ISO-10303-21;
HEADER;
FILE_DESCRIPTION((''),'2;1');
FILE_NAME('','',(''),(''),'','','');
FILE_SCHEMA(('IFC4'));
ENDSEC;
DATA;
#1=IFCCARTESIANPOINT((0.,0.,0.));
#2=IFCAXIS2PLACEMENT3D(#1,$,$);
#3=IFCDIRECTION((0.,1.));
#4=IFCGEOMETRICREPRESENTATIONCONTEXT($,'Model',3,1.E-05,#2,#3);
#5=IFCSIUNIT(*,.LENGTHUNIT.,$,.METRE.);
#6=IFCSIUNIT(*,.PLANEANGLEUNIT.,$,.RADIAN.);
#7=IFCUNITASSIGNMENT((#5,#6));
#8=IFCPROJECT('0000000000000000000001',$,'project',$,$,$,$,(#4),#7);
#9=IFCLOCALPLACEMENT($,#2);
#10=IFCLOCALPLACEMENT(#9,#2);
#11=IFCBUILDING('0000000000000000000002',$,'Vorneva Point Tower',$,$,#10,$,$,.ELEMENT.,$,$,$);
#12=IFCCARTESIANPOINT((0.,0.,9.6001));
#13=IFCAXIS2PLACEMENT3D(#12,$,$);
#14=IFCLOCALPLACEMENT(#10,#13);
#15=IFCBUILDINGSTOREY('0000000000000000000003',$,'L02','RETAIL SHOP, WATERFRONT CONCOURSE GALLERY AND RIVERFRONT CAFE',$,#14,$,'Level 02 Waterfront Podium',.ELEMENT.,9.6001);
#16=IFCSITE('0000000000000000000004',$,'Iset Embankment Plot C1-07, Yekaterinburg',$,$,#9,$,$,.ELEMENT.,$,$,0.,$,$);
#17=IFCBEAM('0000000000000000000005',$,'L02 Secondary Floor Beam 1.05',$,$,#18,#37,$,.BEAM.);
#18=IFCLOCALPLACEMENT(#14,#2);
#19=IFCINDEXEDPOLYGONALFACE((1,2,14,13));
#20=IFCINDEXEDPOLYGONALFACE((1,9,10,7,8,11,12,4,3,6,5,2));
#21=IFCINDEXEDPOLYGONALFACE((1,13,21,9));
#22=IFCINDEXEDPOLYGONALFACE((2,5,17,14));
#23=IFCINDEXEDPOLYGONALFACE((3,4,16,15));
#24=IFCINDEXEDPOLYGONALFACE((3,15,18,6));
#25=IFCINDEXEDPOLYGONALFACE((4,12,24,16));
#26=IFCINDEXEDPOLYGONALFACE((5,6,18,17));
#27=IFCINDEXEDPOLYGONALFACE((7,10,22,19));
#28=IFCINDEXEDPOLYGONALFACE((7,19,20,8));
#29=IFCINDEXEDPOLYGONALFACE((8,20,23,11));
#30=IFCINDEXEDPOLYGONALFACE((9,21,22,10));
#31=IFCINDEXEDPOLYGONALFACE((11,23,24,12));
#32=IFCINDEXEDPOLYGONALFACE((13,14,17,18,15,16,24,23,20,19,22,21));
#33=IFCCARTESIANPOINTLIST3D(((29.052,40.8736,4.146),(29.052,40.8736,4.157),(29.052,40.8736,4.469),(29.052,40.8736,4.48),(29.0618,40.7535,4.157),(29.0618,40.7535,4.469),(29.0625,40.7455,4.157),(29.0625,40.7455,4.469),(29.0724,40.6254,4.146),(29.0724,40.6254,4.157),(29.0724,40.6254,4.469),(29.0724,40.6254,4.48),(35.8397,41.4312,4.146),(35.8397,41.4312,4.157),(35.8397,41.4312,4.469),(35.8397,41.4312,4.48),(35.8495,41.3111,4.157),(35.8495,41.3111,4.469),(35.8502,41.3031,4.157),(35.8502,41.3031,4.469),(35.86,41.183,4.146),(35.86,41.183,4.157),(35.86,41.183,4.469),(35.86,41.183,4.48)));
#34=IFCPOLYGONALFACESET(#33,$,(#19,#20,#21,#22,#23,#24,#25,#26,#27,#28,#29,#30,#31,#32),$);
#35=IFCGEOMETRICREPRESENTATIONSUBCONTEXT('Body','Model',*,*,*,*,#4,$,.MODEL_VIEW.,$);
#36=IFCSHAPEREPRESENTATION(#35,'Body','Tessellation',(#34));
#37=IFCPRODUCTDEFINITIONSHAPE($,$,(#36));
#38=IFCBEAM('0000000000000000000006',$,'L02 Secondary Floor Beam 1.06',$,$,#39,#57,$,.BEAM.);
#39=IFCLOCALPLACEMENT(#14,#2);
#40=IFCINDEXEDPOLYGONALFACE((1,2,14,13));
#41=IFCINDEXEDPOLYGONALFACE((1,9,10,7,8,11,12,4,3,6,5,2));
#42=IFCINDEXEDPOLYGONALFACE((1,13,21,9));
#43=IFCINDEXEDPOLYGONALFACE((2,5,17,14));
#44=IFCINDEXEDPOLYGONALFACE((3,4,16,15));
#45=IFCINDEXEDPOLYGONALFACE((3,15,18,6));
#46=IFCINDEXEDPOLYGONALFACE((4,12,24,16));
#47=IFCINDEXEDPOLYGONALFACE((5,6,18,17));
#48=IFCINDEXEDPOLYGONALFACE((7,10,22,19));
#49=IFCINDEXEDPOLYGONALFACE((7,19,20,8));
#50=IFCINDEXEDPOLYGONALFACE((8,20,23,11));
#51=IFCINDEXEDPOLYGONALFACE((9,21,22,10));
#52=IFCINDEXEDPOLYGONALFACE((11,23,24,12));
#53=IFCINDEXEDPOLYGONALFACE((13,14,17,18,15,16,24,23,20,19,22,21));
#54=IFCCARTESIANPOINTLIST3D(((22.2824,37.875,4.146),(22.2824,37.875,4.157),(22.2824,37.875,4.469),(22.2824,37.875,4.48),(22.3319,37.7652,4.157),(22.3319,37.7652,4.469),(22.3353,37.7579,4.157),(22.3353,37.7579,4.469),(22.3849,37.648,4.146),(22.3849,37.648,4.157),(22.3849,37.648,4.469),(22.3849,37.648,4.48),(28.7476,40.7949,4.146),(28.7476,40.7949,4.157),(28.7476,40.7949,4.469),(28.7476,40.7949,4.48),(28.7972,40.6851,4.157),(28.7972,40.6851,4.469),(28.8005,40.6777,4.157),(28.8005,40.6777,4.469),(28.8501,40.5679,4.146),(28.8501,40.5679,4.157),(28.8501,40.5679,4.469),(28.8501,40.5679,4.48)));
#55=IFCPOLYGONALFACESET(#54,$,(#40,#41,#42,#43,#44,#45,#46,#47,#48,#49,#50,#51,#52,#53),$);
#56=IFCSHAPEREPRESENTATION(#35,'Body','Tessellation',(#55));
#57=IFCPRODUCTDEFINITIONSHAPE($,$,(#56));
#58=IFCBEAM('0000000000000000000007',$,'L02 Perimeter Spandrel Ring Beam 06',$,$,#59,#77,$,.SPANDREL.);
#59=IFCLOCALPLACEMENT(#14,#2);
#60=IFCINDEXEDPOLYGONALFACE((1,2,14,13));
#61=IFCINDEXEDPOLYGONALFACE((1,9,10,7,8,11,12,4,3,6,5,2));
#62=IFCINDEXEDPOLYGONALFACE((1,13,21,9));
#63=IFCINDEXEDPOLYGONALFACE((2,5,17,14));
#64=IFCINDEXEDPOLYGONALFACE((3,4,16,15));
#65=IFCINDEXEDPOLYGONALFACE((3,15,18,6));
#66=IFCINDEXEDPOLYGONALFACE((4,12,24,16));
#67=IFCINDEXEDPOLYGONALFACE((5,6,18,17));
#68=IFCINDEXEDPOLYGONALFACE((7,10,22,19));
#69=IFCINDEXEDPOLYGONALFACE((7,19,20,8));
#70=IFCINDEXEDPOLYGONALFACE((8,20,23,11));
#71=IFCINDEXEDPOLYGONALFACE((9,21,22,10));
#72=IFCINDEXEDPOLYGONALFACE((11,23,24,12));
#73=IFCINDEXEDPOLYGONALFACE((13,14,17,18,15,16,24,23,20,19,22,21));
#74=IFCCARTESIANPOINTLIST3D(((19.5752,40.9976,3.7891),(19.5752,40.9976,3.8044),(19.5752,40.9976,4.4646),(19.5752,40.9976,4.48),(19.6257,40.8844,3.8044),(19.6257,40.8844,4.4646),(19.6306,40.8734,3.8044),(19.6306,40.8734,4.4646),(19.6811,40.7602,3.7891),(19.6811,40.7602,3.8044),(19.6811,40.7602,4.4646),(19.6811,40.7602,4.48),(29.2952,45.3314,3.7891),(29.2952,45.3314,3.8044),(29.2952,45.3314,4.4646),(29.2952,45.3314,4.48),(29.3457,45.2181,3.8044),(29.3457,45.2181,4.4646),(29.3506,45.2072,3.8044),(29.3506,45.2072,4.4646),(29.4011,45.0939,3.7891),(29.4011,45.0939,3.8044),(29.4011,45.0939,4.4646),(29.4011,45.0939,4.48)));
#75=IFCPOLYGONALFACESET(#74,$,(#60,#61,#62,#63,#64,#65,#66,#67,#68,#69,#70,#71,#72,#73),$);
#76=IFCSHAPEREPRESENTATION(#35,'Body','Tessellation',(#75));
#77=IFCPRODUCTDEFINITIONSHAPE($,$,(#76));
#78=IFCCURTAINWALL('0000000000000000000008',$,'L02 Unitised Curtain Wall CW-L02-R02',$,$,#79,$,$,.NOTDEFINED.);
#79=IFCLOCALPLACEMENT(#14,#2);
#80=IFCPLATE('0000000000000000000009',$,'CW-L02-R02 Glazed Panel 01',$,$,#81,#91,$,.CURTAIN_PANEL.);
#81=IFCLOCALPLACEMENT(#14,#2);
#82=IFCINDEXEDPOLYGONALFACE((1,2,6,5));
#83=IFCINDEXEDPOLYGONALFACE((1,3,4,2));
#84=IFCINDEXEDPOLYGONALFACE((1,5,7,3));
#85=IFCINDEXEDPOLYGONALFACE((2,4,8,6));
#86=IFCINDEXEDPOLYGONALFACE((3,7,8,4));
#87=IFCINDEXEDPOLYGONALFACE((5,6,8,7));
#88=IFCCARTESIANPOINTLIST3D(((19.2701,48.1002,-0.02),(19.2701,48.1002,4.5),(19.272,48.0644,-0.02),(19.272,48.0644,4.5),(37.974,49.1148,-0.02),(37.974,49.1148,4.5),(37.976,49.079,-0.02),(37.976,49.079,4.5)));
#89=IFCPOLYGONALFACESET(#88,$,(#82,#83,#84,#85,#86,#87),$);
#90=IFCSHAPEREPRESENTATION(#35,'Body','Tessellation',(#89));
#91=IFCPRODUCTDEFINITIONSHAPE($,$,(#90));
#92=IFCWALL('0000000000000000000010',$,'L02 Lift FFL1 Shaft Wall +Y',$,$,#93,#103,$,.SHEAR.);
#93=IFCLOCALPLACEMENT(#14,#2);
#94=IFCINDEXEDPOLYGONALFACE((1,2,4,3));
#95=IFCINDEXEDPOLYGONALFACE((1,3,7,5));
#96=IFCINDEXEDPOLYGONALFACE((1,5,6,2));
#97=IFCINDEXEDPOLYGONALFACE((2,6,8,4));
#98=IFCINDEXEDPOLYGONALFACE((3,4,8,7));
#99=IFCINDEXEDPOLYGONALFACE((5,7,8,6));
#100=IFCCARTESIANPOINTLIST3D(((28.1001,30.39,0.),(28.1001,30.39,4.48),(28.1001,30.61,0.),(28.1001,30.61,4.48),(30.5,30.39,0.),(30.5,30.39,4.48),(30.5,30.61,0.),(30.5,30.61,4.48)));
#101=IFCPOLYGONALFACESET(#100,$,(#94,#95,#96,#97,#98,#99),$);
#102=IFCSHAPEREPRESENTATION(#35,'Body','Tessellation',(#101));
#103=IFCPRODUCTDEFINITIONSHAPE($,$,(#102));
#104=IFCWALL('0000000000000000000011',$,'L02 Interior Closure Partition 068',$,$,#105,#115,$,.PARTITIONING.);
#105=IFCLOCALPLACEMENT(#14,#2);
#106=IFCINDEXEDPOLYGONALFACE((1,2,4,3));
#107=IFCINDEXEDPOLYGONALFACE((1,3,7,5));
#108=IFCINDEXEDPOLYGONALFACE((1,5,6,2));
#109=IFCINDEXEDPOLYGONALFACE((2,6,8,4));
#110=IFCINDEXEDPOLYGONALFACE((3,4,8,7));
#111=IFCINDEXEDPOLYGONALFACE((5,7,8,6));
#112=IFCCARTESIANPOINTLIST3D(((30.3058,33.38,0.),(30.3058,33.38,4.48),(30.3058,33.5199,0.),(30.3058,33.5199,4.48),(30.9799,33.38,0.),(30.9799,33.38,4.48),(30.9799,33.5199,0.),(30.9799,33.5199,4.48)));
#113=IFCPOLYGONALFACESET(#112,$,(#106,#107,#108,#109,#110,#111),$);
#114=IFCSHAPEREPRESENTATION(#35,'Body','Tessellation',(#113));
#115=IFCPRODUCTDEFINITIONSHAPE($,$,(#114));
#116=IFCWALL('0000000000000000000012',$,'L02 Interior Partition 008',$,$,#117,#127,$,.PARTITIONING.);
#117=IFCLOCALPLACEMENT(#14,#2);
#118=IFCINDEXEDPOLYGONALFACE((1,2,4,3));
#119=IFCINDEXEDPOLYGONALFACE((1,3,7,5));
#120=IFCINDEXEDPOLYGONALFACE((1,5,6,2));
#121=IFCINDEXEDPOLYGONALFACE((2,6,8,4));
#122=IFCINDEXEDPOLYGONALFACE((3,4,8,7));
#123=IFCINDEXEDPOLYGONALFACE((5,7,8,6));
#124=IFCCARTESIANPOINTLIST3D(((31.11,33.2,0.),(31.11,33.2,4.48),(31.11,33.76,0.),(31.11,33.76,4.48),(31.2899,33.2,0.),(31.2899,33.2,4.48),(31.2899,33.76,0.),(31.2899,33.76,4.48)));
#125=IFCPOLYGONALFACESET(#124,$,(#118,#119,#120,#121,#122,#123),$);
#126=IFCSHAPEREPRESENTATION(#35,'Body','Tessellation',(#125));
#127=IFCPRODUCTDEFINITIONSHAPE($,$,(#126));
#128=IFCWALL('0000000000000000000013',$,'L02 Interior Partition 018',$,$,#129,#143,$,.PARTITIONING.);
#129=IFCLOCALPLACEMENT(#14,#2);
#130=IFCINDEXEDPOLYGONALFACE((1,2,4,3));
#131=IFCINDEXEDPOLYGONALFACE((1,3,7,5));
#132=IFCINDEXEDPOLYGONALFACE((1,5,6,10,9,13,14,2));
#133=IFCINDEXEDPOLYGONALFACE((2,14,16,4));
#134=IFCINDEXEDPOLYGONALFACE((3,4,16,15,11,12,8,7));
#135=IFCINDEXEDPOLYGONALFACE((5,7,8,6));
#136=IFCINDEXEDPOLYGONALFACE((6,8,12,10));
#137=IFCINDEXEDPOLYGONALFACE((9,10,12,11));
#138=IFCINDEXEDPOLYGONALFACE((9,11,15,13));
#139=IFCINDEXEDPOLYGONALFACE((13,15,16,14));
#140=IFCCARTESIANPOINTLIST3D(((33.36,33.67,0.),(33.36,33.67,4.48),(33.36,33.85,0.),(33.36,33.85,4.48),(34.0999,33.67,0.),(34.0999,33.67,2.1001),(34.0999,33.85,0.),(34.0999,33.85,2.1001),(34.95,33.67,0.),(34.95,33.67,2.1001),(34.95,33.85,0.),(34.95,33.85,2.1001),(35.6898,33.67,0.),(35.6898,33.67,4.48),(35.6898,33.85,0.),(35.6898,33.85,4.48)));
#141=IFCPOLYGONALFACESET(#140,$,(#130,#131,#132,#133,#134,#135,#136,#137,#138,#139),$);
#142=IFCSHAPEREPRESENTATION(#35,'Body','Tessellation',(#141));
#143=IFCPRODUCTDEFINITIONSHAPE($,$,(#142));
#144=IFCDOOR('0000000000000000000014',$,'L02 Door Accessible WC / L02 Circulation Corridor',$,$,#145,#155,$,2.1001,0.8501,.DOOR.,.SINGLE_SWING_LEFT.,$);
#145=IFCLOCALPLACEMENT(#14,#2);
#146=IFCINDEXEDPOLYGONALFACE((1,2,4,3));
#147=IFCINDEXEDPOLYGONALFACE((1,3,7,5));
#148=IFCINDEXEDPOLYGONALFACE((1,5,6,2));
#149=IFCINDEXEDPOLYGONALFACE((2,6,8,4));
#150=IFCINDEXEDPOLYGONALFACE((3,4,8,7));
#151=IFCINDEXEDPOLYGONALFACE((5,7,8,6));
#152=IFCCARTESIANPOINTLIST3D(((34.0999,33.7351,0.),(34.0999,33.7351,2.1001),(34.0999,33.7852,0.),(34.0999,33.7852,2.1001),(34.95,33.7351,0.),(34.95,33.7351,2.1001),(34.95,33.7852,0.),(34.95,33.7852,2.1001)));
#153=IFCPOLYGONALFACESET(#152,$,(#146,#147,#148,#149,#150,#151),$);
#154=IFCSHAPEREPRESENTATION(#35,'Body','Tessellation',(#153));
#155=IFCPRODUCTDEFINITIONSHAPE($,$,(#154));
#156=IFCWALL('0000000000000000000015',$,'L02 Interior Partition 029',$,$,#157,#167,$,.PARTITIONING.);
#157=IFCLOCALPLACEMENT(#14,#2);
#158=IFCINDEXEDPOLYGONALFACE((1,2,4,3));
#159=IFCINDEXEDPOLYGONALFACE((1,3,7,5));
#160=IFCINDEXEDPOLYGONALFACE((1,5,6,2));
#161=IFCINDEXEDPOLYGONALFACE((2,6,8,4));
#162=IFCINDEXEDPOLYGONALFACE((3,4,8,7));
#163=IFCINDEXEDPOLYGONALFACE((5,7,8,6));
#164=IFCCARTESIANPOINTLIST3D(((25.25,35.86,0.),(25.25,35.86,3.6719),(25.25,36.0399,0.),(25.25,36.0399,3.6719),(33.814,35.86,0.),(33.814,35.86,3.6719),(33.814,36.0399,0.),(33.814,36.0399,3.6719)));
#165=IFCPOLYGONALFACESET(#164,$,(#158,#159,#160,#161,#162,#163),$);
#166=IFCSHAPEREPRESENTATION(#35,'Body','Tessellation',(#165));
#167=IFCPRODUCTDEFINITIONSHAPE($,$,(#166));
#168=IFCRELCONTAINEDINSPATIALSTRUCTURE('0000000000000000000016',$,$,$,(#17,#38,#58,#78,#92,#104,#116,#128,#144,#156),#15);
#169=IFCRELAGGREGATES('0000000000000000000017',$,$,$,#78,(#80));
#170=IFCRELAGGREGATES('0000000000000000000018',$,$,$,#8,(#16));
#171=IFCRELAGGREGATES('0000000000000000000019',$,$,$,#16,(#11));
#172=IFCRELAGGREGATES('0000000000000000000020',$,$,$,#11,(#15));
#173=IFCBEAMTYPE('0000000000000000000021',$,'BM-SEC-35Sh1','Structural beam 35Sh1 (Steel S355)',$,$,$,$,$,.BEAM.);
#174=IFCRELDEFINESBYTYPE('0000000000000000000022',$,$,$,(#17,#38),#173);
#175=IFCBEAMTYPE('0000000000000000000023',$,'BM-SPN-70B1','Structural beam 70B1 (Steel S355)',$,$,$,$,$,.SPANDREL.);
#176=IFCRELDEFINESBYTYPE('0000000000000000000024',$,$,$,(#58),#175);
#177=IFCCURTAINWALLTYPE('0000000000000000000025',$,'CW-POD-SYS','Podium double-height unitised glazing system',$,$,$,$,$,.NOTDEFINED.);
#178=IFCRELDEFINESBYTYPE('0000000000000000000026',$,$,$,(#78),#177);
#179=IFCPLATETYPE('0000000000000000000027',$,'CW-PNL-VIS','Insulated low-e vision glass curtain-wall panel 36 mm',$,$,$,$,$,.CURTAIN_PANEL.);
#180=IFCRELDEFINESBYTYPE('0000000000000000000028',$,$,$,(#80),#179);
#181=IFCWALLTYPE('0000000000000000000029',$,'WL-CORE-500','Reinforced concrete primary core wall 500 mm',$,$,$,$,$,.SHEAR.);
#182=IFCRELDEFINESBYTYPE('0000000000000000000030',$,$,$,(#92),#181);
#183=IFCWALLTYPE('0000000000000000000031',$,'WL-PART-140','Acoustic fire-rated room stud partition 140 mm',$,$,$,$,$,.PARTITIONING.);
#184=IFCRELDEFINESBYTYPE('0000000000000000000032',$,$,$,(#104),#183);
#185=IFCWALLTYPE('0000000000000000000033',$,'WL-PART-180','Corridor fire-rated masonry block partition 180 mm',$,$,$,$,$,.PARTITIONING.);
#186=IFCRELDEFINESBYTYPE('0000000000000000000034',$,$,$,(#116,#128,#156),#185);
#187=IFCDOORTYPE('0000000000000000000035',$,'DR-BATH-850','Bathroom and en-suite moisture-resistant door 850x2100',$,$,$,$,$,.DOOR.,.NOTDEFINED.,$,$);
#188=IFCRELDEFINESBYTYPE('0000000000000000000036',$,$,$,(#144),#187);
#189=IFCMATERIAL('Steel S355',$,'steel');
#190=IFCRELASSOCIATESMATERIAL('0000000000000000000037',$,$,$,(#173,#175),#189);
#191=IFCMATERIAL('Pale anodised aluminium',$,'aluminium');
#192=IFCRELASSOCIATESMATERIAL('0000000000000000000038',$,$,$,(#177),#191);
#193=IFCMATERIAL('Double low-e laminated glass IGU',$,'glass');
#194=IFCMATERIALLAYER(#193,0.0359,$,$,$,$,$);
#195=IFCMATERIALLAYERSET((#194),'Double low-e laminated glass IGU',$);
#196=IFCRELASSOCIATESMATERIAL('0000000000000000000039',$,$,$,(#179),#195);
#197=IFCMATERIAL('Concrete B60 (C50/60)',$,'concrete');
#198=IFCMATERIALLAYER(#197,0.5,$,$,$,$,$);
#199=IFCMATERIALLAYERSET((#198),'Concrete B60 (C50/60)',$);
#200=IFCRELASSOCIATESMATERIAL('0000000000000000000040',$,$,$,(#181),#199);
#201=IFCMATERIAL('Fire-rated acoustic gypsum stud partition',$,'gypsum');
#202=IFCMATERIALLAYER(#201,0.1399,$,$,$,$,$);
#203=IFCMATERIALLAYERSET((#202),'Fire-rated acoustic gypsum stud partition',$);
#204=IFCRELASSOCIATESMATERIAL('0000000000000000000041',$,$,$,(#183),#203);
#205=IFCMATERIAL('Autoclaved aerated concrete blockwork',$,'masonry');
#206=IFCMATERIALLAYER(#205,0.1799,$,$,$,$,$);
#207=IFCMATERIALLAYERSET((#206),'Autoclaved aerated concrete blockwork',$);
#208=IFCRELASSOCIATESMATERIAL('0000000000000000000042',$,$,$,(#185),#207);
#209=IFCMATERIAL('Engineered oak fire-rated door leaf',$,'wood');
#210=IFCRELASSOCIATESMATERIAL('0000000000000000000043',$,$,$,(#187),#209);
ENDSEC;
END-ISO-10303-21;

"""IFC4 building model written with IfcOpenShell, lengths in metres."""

from ifc_helpers import new_model, si_unit, direction, frame, frame_2d, origin, origin_2d, place, context, subcontext, project, spatial, rectangle, i_section, extrude, material, layer, layer_set, material_profile, profile_set, type_object, element, fill, aggregate, save


model = new_model("IFC4")

# Units and contexts
model_context = context("Model", 3, precision=1e-05, world=origin(), true_north=direction((0.0, 1.0)))
body_context = subcontext(model_context, "Body", "Model", "MODEL_VIEW")
ifc_project = project(units=[si_unit("LENGTHUNIT", "METRE"), si_unit("PLANEANGLEUNIT", "RADIAN")], contexts=[model_context])

# Site, building, storey
site_placement = place(None, origin())
site = spatial("IfcSite", under=ifc_project, at=site_placement, Name="Iset Embankment Plot C1-07, Yekaterinburg", CompositionType="ELEMENT", RefElevation=0.0)
building_placement = place(site_placement, origin())
building = spatial("IfcBuilding", under=site, at=building_placement, Name="Vorneva Point Tower", CompositionType="ELEMENT")
storey_placement = place(building_placement, frame((0.0, 0.0, 9.6001)))
storey = spatial("IfcBuildingStorey", under=building, at=storey_placement, Name="L02", Description="RETAIL SHOP, WATERFRONT CONCOURSE GALLERY AND RIVERFRONT CAFE", LongName="Level 02 Waterfront Podium", CompositionType="ELEMENT", Elevation=9.6001)

# Shared definitions
ifc_material_1 = material(Name="Concrete B60 (C50/60)", Category="concrete")

# Beams
ifc_material_2 = material(Name="Steel S355", Category="steel")
ifc_material_profile_1 = material_profile(ifc_material_2, i_section(OverallWidth=0.249, OverallDepth=0.334, WebThickness=0.0081, FlangeThickness=0.011, at=origin_2d()), Name="35Sh1")
ifc_profile_set_1 = profile_set([ifc_material_profile_1], Name="Steel S355")
beam_type_1 = type_object("IfcBeamType", Name="BM-SEC-35Sh1", Description="Structural beam 35Sh1 (Steel S355)", PredefinedType="BEAM", material=ifc_profile_set_1)
beam_1_placement = place(storey_placement, frame((35.8499, 41.3071, 4.313), z_axis=(-0.996642, -0.081877, 0.0), x_axis=(0.081877, -0.996642, 0.0)))
element("IfcBeam", 1, at=beam_1_placement, inside=storey, type_object=beam_type_1, Name="L02 Secondary Floor Beam 1.05", PredefinedType="BEAM", context=body_context, shape_type="SweptSolid", body=[
    extrude(i_section(OverallWidth=0.249, OverallDepth=0.334, WebThickness=0.0081, FlangeThickness=0.011, at=origin_2d()), origin(), (0.0, 0.0, 1.0), 6.8105),
])
beam_2_placement = place(storey_placement, frame((28.7988, 40.6814, 4.313), z_axis=(-0.911366, -0.411598, 0.0), x_axis=(0.411598, -0.911366, 0.0)))
element("IfcBeam", 2, at=beam_2_placement, inside=storey, type_object=beam_type_1, Name="L02 Secondary Floor Beam 1.06", PredefinedType="BEAM", context=body_context, shape_type="SweptSolid", body=[
    extrude(i_section(OverallWidth=0.249, OverallDepth=0.334, WebThickness=0.0081, FlangeThickness=0.011, at=origin_2d()), origin(), (0.0, 0.0, 1.0), 7.094),
])
ifc_material_profile_2 = material_profile(ifc_material_2, i_section(OverallWidth=0.26, OverallDepth=0.6909, WebThickness=0.012, FlangeThickness=0.0154, at=origin_2d()), Name="70B1")
ifc_profile_set_2 = profile_set([ifc_material_profile_2], Name="Steel S355")
beam_type_2 = type_object("IfcBeamType", Name="BM-SPN-70B1", Description="Structural beam 70B1 (Steel S355)", PredefinedType="SPANDREL", material=ifc_profile_set_2)
beam_3_placement = place(storey_placement, frame((29.3481, 45.2126, 4.1345), z_axis=(-0.913331, -0.407217, 0.0), x_axis=(0.407217, -0.913331, 0.0)))
element("IfcBeam", 3, at=beam_3_placement, inside=storey, type_object=beam_type_2, Name="L02 Perimeter Spandrel Ring Beam 06", PredefinedType="SPANDREL", context=body_context, shape_type="SweptSolid", body=[
    extrude(i_section(OverallWidth=0.26, OverallDepth=0.6909, WebThickness=0.012, FlangeThickness=0.0154, at=origin_2d()), origin(), (0.0, 0.0, 1.0), 10.6423),
])

# Curtain wall, plate
ifc_material_3 = material(Name="Pale anodised aluminium", Category="aluminium")
curtain_wall_type = type_object("IfcCurtainWallType", Name="CW-POD-SYS", Description="Podium double-height unitised glazing system", PredefinedType="NOTDEFINED", material=ifc_material_3)
curtain_wall_placement = place(storey_placement, origin())
curtain_wall = element("IfcCurtainWall", 4, at=curtain_wall_placement, inside=storey, type_object=curtain_wall_type, Name="L02 Unitised Curtain Wall CW-L02-R02", PredefinedType="NOTDEFINED")
ifc_material_4 = material(Name="Double low-e laminated glass IGU", Category="glass")
ifc_layer_1 = layer(ifc_material_4, 0.0359)
ifc_layer_set_1 = layer_set([ifc_layer_1], Name="Double low-e laminated glass IGU")
plate_type = type_object("IfcPlateType", Name="CW-PNL-VIS", Description="Insulated low-e vision glass curtain-wall panel 36 mm", PredefinedType="CURTAIN_PANEL", material=ifc_layer_set_1)
plate_placement = place(storey_placement, frame((28.623, 48.5896, -0.02), z_axis=(0.0, 0.0, 1.0), x_axis=(-0.998532, -0.054166, 0.0)))
plate = element("IfcPlate", 5, at=plate_placement, type_object=plate_type, Name="CW-L02-R02 Glazed Panel 01", PredefinedType="CURTAIN_PANEL", context=body_context, shape_type="SweptSolid", body=[
    extrude(rectangle(XDim=18.7314, YDim=0.0359, at=origin_2d()), origin(), (0.0, 0.0, 1.0), 4.52),
])
aggregate(curtain_wall, [plate])

# Walls
ifc_layer_2 = layer(ifc_material_1, 0.5)
ifc_layer_set_2 = layer_set([ifc_layer_2], Name="Concrete B60 (C50/60)")
wall_type_1 = type_object("IfcWallType", Name="WL-CORE-500", Description="Reinforced concrete primary core wall 500 mm", PredefinedType="SHEAR", material=ifc_layer_set_2)
wall_1_placement = place(storey_placement, frame((30.5, 30.5, 0.0), z_axis=(0.0, 0.0, 1.0), x_axis=(-1.0, 0.0, 0.0)))
element("IfcWall", 6, at=wall_1_placement, inside=storey, type_object=wall_type_1, Name="L02 Lift FFL1 Shaft Wall +Y", PredefinedType="SHEAR", context=body_context, shape_type="SweptSolid", body=[
    extrude(rectangle(XDim=2.3999, YDim=0.22, at=frame_2d((1.2, 0.0))), origin(), (0.0, 0.0, 1.0), 4.48),
])
ifc_material_5 = material(Name="Fire-rated acoustic gypsum stud partition", Category="gypsum")
ifc_layer_3 = layer(ifc_material_5, 0.1399)
ifc_layer_set_3 = layer_set([ifc_layer_3], Name="Fire-rated acoustic gypsum stud partition")
wall_type_2 = type_object("IfcWallType", Name="WL-PART-140", Description="Acoustic fire-rated room stud partition 140 mm", PredefinedType="PARTITIONING", material=ifc_layer_set_3)
wall_2_placement = place(storey_placement, frame((30.3059, 33.45, 0.0), z_axis=(0.0, 0.0, 1.0), x_axis=(1.0, 0.0, 0.0)))
element("IfcWall", 7, at=wall_2_placement, inside=storey, type_object=wall_type_2, Name="L02 Interior Closure Partition 068", PredefinedType="PARTITIONING", context=body_context, shape_type="SweptSolid", body=[
    extrude(rectangle(XDim=0.6741, YDim=0.1399, at=frame_2d((0.3369, 0.0))), origin(), (0.0, 0.0, 1.0), 4.48),
])

# Shared definitions
ifc_material_6 = material(Name="Autoclaved aerated concrete blockwork", Category="masonry")
ifc_layer_4 = layer(ifc_material_6, 0.1799)
ifc_layer_set_4 = layer_set([ifc_layer_4], Name="Autoclaved aerated concrete blockwork")
wall_type_3 = type_object("IfcWallType", Name="WL-PART-180", Description="Corridor fire-rated masonry block partition 180 mm", PredefinedType="PARTITIONING", material=ifc_layer_set_4)

# Wall
wall_3_placement = place(storey_placement, frame((31.2, 33.76, 0.0), z_axis=(0.0, 0.0, 1.0), x_axis=(0.0, -1.0, 0.0)))
element("IfcWall", 8, at=wall_3_placement, inside=storey, type_object=wall_type_3, Name="L02 Interior Partition 008", PredefinedType="PARTITIONING", context=body_context, shape_type="SweptSolid", body=[
    extrude(rectangle(XDim=0.5601, YDim=0.1799, at=frame_2d((0.28, 0.0))), origin(), (0.0, 0.0, 1.0), 4.48),
])

# Wall, opening, door
wall_4_placement = place(storey_placement, frame((35.6899, 33.76, 0.0), z_axis=(0.0, 0.0, 1.0), x_axis=(-1.0, 0.0, 0.0)))
wall_4 = element("IfcWall", 9, at=wall_4_placement, inside=storey, type_object=wall_type_3, Name="L02 Interior Partition 018", PredefinedType="PARTITIONING", context=body_context, shape_type="SweptSolid", body=[
    extrude(rectangle(XDim=2.3298, YDim=0.1799, at=frame_2d((1.165, 0.0))), origin(), (0.0, 0.0, 1.0), 4.48),
])
opening_1_placement = place(wall_4_placement, frame((0.74, 0.0, 0.0)))
opening_1 = element("IfcOpeningElement", 10, at=opening_1_placement, cuts=wall_4, PredefinedType="OPENING", context=body_context, shape_type="SweptSolid", body=[
    extrude(rectangle(XDim=0.8501, YDim=2.1001, at=frame_2d((0.425, 1.05))), frame((0.0, 0.105, 0.0), z_axis=(0.0, -1.0, 0.0), x_axis=(1.0, 0.0, 0.0)), (0.0, 0.0, 1.0), 0.2097),
])
ifc_material_7 = material(Name="Engineered oak fire-rated door leaf", Category="wood")
door_type_1 = type_object("IfcDoorType", Name="DR-BATH-850", Description="Bathroom and en-suite moisture-resistant door 850x2100", OperationType="NOTDEFINED", PredefinedType="DOOR", material=ifc_material_7)
door_1_placement = place(opening_1_placement, origin())
door_1 = element("IfcDoor", 11, at=door_1_placement, inside=storey, type_object=door_type_1, Name="L02 Door Accessible WC / L02 Circulation Corridor", OperationType="SINGLE_SWING_LEFT", OverallHeight=2.1001, OverallWidth=0.8501, PredefinedType="DOOR", context=body_context, shape_type="SweptSolid", body=[
    extrude(rectangle(XDim=0.8501, YDim=2.1001, at=frame_2d((0.425, 1.05))), frame((0.0, 0.0249, 0.0), z_axis=(0.0, -1.0, 0.0), x_axis=(1.0, 0.0, 0.0)), (0.0, 0.0, 1.0), 0.05),
])
fill(opening_1, door_1)

# Wall
wall_5_placement = place(storey_placement, frame((33.814, 35.95, 0.0), z_axis=(0.0, 0.0, 1.0), x_axis=(-1.0, 0.0, 0.0)))
element("IfcWall", 12, at=wall_5_placement, inside=storey, type_object=wall_type_3, Name="L02 Interior Partition 029", PredefinedType="PARTITIONING", context=body_context, shape_type="SweptSolid", body=[
    extrude(rectangle(XDim=8.564, YDim=0.1799, at=frame_2d((4.282, 0.0))), origin(), (0.0, 0.0, 1.0), 3.6719),
])

save(model, "model.ifc")
